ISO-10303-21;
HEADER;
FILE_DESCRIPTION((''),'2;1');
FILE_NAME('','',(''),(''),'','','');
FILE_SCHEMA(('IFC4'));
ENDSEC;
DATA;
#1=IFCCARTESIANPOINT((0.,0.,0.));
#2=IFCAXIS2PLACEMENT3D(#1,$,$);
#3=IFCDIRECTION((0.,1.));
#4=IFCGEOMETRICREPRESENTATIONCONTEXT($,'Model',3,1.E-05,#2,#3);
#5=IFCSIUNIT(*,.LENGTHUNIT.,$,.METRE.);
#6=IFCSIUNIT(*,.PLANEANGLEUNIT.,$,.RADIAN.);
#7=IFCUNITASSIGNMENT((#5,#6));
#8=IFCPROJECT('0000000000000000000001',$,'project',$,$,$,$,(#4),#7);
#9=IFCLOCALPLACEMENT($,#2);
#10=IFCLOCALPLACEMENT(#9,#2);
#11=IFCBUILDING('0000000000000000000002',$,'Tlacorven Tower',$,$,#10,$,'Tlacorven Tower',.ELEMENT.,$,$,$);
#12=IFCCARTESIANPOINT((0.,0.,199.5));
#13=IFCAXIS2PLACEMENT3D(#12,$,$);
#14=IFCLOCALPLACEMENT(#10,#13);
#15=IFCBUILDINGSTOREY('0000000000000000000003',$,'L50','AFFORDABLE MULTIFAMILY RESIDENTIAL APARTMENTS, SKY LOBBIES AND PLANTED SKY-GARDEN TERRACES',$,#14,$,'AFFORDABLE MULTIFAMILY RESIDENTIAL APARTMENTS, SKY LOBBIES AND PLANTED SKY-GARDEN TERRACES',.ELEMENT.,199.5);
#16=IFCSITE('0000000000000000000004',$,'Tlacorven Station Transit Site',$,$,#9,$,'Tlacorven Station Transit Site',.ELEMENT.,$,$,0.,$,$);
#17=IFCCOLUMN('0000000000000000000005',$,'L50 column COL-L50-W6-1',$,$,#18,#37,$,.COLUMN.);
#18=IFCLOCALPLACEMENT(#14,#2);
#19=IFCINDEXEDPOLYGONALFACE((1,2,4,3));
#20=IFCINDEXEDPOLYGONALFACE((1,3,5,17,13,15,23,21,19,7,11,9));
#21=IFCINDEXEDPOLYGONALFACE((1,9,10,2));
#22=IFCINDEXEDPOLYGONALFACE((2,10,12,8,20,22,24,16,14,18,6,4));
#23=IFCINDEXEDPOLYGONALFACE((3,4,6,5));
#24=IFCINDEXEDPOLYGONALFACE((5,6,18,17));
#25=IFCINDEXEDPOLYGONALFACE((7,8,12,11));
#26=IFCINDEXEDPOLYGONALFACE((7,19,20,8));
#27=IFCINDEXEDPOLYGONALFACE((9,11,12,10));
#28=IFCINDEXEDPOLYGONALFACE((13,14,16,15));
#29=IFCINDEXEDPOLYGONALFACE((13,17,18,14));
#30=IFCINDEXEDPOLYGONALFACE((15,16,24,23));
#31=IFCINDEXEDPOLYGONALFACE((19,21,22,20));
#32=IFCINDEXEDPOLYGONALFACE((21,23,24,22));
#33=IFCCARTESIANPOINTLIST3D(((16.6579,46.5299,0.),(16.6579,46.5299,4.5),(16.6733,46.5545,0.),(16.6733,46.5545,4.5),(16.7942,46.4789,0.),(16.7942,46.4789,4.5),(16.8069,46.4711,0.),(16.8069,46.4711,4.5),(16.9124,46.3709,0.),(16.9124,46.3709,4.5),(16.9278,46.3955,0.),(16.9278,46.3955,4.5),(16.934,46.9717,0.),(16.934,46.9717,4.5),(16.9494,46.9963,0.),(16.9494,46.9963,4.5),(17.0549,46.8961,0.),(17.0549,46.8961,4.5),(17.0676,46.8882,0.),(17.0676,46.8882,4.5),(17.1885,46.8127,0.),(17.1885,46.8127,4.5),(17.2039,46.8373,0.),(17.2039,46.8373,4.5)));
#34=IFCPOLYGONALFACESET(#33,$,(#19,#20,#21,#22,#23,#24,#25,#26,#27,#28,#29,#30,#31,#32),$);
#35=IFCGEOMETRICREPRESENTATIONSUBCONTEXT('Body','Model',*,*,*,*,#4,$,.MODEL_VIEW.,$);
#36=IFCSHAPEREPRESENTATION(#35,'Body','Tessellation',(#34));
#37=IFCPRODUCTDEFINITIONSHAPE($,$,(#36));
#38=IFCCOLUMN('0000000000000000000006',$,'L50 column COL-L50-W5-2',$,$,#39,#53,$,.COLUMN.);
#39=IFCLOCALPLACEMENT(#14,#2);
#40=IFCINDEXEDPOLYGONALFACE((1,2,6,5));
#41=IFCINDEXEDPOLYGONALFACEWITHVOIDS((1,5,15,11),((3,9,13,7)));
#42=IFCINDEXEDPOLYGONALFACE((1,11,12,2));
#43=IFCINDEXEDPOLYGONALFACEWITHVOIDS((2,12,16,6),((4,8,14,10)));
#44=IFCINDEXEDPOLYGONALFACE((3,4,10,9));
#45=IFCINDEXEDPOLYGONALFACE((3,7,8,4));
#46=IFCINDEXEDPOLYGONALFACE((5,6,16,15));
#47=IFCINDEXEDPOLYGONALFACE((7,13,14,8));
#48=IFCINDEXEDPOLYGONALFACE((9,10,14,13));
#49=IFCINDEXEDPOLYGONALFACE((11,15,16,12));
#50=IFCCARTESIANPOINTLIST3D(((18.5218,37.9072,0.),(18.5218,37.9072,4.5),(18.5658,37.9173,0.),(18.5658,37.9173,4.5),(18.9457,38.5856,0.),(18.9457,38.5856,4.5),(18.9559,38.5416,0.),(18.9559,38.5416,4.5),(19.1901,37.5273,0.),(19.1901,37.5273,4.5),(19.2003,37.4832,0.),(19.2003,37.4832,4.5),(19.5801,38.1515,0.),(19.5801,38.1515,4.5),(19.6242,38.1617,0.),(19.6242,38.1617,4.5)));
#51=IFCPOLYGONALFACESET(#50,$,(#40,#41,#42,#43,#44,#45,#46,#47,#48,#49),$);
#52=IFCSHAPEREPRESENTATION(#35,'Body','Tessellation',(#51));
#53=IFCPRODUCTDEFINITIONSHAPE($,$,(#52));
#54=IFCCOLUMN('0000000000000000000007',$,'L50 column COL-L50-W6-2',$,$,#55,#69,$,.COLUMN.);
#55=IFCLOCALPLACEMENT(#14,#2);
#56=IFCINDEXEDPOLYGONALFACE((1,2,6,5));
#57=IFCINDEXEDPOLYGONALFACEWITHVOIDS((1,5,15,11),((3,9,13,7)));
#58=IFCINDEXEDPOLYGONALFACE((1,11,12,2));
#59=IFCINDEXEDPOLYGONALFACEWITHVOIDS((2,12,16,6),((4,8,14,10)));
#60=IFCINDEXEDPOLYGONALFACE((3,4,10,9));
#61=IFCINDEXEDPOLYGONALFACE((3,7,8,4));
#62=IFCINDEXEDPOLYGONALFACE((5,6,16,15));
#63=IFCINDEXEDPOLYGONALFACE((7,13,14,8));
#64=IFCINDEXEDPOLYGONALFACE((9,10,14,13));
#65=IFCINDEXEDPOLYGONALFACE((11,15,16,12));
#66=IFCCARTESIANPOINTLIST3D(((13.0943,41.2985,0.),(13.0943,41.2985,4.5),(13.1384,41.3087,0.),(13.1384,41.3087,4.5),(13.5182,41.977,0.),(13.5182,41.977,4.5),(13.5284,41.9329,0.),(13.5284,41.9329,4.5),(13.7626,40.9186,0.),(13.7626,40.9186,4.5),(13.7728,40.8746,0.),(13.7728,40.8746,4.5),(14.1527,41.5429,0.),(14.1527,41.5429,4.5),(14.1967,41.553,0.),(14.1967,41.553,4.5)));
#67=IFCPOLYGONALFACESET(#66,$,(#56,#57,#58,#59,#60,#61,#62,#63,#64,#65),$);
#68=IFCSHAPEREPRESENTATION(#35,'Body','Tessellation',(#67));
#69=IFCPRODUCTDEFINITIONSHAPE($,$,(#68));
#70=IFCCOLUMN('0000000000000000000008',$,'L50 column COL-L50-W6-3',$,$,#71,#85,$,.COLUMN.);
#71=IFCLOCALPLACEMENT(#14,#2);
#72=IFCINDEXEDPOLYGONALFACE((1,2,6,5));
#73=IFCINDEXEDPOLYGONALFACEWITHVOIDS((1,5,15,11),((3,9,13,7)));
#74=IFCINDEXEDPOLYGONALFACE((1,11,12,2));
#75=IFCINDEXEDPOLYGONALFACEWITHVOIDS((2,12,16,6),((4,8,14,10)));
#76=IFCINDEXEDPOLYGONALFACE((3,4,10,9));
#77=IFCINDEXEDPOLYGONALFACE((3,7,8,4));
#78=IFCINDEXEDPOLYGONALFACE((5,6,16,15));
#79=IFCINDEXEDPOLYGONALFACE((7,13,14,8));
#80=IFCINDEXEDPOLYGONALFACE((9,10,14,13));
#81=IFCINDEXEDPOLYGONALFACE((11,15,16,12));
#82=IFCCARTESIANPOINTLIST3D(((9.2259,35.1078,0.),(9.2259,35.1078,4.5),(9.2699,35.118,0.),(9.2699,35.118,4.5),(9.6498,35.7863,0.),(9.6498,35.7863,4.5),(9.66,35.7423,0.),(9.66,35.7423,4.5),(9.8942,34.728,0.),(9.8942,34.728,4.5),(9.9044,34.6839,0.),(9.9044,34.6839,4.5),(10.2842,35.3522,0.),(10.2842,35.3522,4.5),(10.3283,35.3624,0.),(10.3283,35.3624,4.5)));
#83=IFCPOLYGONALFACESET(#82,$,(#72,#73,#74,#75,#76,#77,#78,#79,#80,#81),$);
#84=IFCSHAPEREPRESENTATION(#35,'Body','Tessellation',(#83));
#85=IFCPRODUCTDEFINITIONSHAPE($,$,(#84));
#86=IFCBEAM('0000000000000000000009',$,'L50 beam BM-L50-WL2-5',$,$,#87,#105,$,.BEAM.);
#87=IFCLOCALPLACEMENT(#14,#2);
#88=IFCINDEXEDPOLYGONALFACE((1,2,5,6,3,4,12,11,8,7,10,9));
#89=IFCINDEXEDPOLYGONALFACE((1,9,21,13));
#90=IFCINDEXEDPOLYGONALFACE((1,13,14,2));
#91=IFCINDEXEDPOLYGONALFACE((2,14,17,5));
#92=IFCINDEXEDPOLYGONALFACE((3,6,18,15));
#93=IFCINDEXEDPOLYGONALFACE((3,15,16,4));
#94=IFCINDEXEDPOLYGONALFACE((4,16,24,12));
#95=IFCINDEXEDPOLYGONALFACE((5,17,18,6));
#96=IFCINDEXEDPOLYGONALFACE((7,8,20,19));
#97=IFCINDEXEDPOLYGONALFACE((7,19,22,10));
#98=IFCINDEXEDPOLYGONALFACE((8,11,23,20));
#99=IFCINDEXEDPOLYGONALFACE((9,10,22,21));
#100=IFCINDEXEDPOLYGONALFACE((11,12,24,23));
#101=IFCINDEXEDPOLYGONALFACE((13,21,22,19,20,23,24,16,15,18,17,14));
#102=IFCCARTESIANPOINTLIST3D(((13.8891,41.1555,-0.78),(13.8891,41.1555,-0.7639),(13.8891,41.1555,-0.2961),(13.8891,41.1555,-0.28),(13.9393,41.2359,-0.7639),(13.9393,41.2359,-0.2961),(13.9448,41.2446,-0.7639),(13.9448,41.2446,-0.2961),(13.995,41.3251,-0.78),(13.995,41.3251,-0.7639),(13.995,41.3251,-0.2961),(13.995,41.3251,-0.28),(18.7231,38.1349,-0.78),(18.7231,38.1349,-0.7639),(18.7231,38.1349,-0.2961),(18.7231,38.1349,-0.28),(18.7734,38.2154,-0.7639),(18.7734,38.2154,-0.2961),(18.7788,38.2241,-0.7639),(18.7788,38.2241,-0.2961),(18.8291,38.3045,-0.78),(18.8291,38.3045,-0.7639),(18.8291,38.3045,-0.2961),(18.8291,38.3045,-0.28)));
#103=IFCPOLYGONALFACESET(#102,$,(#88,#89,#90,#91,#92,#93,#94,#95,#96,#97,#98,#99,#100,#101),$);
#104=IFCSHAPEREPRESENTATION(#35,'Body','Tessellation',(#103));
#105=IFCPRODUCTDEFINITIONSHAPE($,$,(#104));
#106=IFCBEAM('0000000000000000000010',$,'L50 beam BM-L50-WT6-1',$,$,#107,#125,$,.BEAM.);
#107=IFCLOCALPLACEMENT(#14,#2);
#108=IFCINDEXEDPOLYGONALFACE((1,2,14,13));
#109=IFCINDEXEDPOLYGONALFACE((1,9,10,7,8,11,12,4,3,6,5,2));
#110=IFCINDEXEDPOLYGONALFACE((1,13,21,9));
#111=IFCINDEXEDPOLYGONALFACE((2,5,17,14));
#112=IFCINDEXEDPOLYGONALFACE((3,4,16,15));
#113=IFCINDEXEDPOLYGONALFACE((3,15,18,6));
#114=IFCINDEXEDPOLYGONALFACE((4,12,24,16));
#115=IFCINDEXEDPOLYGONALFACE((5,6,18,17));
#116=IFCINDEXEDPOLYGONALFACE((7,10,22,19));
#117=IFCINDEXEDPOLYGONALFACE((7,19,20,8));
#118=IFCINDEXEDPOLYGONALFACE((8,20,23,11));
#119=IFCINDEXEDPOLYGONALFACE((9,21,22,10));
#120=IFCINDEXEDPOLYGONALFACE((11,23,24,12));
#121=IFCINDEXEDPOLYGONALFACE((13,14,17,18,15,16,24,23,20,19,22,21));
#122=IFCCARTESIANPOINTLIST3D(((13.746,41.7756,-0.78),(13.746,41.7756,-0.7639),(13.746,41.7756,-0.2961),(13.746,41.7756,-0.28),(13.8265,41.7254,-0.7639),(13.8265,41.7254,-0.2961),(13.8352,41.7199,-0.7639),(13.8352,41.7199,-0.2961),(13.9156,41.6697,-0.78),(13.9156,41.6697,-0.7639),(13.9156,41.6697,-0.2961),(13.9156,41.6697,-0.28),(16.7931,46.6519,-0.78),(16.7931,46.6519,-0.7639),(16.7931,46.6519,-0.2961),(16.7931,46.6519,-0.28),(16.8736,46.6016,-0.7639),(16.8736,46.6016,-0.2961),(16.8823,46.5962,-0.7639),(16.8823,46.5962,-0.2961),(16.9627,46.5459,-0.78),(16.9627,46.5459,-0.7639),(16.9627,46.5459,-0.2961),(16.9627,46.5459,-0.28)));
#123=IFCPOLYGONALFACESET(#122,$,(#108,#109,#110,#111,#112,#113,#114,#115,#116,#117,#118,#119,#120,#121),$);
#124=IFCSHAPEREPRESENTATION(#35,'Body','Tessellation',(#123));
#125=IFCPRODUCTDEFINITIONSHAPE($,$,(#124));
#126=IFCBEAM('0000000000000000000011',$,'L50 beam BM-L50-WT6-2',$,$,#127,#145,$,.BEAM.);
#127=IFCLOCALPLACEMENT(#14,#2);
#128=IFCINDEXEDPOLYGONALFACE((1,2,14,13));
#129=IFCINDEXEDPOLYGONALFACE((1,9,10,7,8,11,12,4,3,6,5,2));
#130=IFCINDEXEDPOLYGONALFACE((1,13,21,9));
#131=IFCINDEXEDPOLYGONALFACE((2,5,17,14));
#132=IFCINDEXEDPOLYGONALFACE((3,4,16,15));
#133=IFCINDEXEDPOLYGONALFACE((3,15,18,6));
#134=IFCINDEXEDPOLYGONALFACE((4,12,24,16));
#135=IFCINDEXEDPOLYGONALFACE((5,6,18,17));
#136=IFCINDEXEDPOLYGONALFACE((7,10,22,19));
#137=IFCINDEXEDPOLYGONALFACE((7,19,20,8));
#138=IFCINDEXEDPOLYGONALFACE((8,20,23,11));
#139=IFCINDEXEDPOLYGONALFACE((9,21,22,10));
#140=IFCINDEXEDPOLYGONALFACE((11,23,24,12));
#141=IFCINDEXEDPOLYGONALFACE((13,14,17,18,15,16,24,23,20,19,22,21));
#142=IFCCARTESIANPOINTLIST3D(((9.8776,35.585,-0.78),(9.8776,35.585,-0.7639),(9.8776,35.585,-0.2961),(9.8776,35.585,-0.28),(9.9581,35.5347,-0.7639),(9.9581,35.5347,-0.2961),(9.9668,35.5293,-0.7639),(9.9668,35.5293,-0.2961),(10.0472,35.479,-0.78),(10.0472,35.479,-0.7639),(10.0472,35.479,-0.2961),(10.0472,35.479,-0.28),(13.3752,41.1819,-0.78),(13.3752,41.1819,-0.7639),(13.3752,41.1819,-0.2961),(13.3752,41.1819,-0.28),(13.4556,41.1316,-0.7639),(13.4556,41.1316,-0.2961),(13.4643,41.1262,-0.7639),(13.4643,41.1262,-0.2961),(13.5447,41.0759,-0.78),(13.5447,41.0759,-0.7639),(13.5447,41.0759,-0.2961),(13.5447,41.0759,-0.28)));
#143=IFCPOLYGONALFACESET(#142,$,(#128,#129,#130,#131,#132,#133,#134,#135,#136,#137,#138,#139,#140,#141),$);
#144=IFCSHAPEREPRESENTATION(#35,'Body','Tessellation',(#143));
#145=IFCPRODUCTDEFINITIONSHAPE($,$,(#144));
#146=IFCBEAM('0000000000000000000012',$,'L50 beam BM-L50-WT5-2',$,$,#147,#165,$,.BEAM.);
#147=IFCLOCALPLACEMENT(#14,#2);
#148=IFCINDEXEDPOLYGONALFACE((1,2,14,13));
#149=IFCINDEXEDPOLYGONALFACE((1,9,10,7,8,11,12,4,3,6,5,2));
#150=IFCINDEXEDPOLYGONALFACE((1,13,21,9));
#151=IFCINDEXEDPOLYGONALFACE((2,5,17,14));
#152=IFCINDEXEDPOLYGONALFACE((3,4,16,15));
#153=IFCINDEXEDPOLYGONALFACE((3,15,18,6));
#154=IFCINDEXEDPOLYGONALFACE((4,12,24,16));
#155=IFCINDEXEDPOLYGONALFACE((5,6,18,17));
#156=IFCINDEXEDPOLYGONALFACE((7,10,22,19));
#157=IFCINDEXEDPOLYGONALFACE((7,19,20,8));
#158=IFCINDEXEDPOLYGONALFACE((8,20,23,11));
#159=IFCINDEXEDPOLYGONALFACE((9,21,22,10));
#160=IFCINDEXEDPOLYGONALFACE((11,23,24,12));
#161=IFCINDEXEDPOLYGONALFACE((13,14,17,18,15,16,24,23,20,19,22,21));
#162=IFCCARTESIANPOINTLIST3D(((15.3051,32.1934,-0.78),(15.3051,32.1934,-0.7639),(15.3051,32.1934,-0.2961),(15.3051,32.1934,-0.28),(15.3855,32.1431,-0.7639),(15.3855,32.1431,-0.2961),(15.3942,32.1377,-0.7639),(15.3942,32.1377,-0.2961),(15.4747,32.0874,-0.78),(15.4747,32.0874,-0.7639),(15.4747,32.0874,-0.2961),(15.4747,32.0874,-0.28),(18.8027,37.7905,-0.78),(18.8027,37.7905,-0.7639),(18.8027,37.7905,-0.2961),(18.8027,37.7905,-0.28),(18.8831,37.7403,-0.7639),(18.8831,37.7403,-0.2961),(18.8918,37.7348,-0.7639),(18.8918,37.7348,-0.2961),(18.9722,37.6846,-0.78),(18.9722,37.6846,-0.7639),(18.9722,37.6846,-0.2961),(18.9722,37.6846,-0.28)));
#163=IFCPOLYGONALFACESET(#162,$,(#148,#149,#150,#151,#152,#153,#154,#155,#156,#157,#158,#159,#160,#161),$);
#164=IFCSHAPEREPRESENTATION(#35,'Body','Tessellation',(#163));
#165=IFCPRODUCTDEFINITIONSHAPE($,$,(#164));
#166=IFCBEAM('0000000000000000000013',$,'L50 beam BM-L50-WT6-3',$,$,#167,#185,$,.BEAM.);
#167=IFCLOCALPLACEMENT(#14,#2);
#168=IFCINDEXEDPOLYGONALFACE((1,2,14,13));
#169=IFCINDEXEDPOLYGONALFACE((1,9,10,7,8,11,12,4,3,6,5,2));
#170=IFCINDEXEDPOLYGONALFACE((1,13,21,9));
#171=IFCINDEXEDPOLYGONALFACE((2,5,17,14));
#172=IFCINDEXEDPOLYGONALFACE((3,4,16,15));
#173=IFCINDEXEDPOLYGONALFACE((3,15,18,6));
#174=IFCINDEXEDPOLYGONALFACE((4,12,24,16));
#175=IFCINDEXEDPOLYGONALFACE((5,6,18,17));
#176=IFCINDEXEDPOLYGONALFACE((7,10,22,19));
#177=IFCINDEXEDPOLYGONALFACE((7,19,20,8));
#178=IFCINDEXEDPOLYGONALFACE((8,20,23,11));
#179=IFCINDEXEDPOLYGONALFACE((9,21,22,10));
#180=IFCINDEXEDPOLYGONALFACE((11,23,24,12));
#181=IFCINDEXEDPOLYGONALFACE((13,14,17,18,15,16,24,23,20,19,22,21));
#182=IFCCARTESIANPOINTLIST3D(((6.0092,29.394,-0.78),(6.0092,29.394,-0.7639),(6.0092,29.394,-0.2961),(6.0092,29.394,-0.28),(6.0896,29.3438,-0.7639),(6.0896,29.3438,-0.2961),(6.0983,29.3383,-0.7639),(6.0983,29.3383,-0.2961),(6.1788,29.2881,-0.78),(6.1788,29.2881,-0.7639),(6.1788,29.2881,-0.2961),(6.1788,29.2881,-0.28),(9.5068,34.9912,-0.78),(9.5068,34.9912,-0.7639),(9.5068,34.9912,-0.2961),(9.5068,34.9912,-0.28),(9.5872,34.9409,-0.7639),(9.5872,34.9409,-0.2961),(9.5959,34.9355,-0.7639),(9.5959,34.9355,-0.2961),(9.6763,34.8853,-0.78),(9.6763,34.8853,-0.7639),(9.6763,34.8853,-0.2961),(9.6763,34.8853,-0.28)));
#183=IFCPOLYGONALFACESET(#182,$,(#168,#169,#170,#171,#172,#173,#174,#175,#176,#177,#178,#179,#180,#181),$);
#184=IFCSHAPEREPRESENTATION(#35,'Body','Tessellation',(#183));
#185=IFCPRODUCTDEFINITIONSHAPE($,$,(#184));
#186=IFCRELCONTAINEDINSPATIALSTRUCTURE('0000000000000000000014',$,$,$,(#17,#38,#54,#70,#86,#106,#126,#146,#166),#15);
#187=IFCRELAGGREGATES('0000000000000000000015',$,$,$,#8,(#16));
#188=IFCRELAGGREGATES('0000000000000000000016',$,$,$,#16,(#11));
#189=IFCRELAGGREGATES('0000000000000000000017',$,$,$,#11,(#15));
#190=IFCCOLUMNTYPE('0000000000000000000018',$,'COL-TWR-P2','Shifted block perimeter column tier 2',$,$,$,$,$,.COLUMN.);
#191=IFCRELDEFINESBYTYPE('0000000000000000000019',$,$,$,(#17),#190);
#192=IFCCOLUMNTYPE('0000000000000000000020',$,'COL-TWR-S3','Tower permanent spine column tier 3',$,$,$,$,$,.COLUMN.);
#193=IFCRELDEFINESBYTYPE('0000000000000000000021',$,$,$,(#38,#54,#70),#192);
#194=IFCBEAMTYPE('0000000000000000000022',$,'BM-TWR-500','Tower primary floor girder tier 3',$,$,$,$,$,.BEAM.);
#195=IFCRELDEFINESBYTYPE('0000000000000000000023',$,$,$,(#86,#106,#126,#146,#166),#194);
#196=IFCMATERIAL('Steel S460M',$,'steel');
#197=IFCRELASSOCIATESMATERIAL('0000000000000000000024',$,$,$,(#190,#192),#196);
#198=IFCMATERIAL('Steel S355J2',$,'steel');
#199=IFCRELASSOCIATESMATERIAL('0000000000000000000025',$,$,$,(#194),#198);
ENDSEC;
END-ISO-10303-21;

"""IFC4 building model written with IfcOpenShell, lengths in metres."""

from ifc_helpers import new_model, si_unit, direction, frame, origin, origin_2d, place, context, subcontext, project, spatial, hollow_rectangle, i_section, extrude, source, transform, mapped, material, material_profile, profile_set, type_object, element, save


model = new_model("IFC4")

# Units and contexts
model_context = context("Model", 3, precision=1e-05, world=origin(), true_north=direction((0.0, 1.0)))
body_context = subcontext(model_context, "Body", "Model", "MODEL_VIEW")
ifc_project = project(units=[si_unit("LENGTHUNIT", "METRE"), si_unit("PLANEANGLEUNIT", "RADIAN")], contexts=[model_context])

# Site, building, storey
site_placement = place(None, origin())
site = spatial("IfcSite", under=ifc_project, at=site_placement, Name="Tlacorven Station Transit Site", LongName="Tlacorven Station Transit Site", CompositionType="ELEMENT", RefElevation=0.0)
building_placement = place(site_placement, origin())
building = spatial("IfcBuilding", under=site, at=building_placement, Name="Tlacorven Tower", LongName="Tlacorven Tower", CompositionType="ELEMENT")
storey_placement = place(building_placement, frame((0.0, 0.0, 199.5)))
storey = spatial("IfcBuildingStorey", under=building, at=storey_placement, Name="L50", Description="AFFORDABLE MULTIFAMILY RESIDENTIAL APARTMENTS, SKY LOBBIES AND PLANTED SKY-GARDEN TERRACES", LongName="AFFORDABLE MULTIFAMILY RESIDENTIAL APARTMENTS, SKY LOBBIES AND PLANTED SKY-GARDEN TERRACES", CompositionType="ELEMENT", Elevation=199.5)

# Columns
ifc_material_1 = material(Name="Steel S460M", Category="steel")
ifc_material_profile_1 = material_profile(ifc_material_1, i_section(OverallWidth=0.3, OverallDepth=0.55, WebThickness=0.0149, FlangeThickness=0.0291, at=origin_2d()), Name="HEB 550")
ifc_profile_set_1 = profile_set([ifc_material_profile_1], Name="Steel S460M")
column_type_1 = type_object("IfcColumnType", Name="COL-TWR-P2", Description="Shifted block perimeter column tier 2", PredefinedType="COLUMN", material=ifc_profile_set_1)
shared_shape_1 = source(origin(), body_context, "Body", "SweptSolid", [
    extrude(i_section(OverallWidth=0.3, OverallDepth=0.55, WebThickness=0.0149, FlangeThickness=0.0291, at=origin_2d()), origin(), (0.0, 0.0, 1.0), 4.5),
])
column_placement = place(storey_placement, frame((16.9309, 46.6836, 0.0), z_axis=(0.0, 0.0, 1.0), x_axis=(-0.848048, 0.529919, 0.0)))
element("IfcColumn", 1, at=column_placement, inside=storey, type_object=column_type_1, Name="L50 column COL-L50-W6-1", PredefinedType="COLUMN", context=body_context, shape_type="MappedRepresentation", body=[
    mapped(shared_shape_1, transform((0.0, 0.0, 0.0), scale=1.0)),
])
ifc_material_profile_2 = material_profile(ifc_material_1, hollow_rectangle(XDim=0.8, YDim=0.8, WallThickness=0.032, at=origin_2d()), Name="BOX 800X800X32")
ifc_profile_set_2 = profile_set([ifc_material_profile_2], Name="Steel S460M")
column_type_2 = type_object("IfcColumnType", Name="COL-TWR-S3", Description="Tower permanent spine column tier 3", PredefinedType="COLUMN", material=ifc_profile_set_2)
shared_shape_2 = source(origin(), body_context, "Body", "SweptSolid", [
    extrude(hollow_rectangle(XDim=0.8, YDim=0.8, WallThickness=0.032, at=origin_2d()), origin(), (0.0, 0.0, 1.0), 4.5),
])
for number, where, z_axis, x_axis, name in (
    (2, (19.073, 38.0344, 0.0), (0.0, 0.0, 1.0), (-0.848048, 0.529919, 0.0), "L50 column COL-L50-W5-2"),
    (3, (13.6455, 41.4258, 0.0), (0.0, 0.0, 1.0), (-0.848048, 0.529919, 0.0), "L50 column COL-L50-W6-2"),
    (4, (9.7771, 35.2351, 0.0), (0.0, 0.0, 1.0), (-0.848048, 0.529919, 0.0), "L50 column COL-L50-W6-3"),
):
    element("IfcColumn", number, at=place(storey_placement, frame(where, z_axis=z_axis, x_axis=x_axis)), inside=storey, type_object=column_type_2, Name=name, PredefinedType="COLUMN", context=body_context, shape_type="MappedRepresentation", body=[
        mapped(shared_shape_2, transform((0.0, 0.0, 0.0), scale=1.0)),
    ])

# Beams
ifc_material_2 = material(Name="Steel S355J2", Category="steel")
ifc_material_profile_3 = material_profile(ifc_material_2, i_section(OverallWidth=0.2, OverallDepth=0.5, WebThickness=0.0103, FlangeThickness=0.0161, at=origin_2d()), Name="IPE 500")
ifc_profile_set_3 = profile_set([ifc_material_profile_3], Name="Steel S355J2")
beam_type_1 = type_object("IfcBeamType", Name="BM-TWR-500", Description="Tower primary floor girder tier 3", PredefinedType="BEAM", material=ifc_profile_set_3)
shared_shape_3 = source(origin(), body_context, "Body", "SweptSolid", [
    extrude(i_section(OverallWidth=0.2, OverallDepth=0.5, WebThickness=0.0103, FlangeThickness=0.0161, at=origin_2d()), origin(), (0.0, 0.0, 1.0), 5.7002),
])
beam_1_placement = place(storey_placement, frame((18.7761, 38.2197, -0.53), z_axis=(-0.848056, 0.529907, 0.0), x_axis=(-0.529907, -0.848056, 0.0)))
element("IfcBeam", 5, at=beam_1_placement, inside=storey, type_object=beam_type_1, Name="L50 beam BM-L50-WL2-5", PredefinedType="BEAM", context=body_context, shape_type="MappedRepresentation", body=[
    mapped(shared_shape_3, transform((0.0, 0.0, 0.0), scale=1.0)),
])
shared_shape_4 = source(origin(), body_context, "Body", "SweptSolid", [
    extrude(i_section(OverallWidth=0.2, OverallDepth=0.5, WebThickness=0.0103, FlangeThickness=0.0161, at=origin_2d()), origin(), (0.0, 0.0, 1.0), 5.75),
])
beam_2_placement = place(storey_placement, frame((16.8779, 46.5989, -0.53), z_axis=(-0.529934, -0.848039, 0.0), x_axis=(0.848039, -0.529934, 0.0)))
element("IfcBeam", 6, at=beam_2_placement, inside=storey, type_object=beam_type_1, Name="L50 beam BM-L50-WT6-1", PredefinedType="BEAM", context=body_context, shape_type="MappedRepresentation", body=[
    mapped(shared_shape_4, transform((0.0, 0.0, 0.0), scale=1.0)),
])
shared_shape_5 = source(origin(), body_context, "Body", "SweptSolid", [
    extrude(i_section(OverallWidth=0.2, OverallDepth=0.5, WebThickness=0.0103, FlangeThickness=0.0161, at=origin_2d()), origin(), (0.0, 0.0, 1.0), 6.5999),
])
beam_3_placement = place(storey_placement, frame((13.46, 41.1289, -0.53), z_axis=(-0.529942, -0.848034, 0.0), x_axis=(0.848034, -0.529942, 0.0)))
element("IfcBeam", 7, at=beam_3_placement, inside=storey, type_object=beam_type_1, Name="L50 beam BM-L50-WT6-2", PredefinedType="BEAM", context=body_context, shape_type="MappedRepresentation", body=[
    mapped(shared_shape_5, transform((0.0, 0.0, 0.0), scale=1.0)),
])
shared_shape_6 = source(origin(), body_context, "Body", "SweptSolid", [
    extrude(i_section(OverallWidth=0.2, OverallDepth=0.5, WebThickness=0.0103, FlangeThickness=0.0161, at=origin_2d()), origin(), (0.0, 0.0, 1.0), 6.6001),
])
for number, where, z_axis, x_axis, name in (
    (8, (18.8875, 37.7375, -0.53), (-0.529926, -0.848044, 0.0), (0.848044, -0.529926, 0.0), "L50 beam BM-L50-WT5-2"),
    (9, (9.5916, 34.9382, -0.53), (-0.529926, -0.848044, 0.0), (0.848044, -0.529926, 0.0), "L50 beam BM-L50-WT6-3"),
):
    element("IfcBeam", number, at=place(storey_placement, frame(where, z_axis=z_axis, x_axis=x_axis)), inside=storey, type_object=beam_type_1, Name=name, PredefinedType="BEAM", context=body_context, shape_type="MappedRepresentation", body=[
        mapped(shared_shape_6, transform((0.0, 0.0, 0.0), scale=1.0)),
    ])

save(model, "model.ifc")
